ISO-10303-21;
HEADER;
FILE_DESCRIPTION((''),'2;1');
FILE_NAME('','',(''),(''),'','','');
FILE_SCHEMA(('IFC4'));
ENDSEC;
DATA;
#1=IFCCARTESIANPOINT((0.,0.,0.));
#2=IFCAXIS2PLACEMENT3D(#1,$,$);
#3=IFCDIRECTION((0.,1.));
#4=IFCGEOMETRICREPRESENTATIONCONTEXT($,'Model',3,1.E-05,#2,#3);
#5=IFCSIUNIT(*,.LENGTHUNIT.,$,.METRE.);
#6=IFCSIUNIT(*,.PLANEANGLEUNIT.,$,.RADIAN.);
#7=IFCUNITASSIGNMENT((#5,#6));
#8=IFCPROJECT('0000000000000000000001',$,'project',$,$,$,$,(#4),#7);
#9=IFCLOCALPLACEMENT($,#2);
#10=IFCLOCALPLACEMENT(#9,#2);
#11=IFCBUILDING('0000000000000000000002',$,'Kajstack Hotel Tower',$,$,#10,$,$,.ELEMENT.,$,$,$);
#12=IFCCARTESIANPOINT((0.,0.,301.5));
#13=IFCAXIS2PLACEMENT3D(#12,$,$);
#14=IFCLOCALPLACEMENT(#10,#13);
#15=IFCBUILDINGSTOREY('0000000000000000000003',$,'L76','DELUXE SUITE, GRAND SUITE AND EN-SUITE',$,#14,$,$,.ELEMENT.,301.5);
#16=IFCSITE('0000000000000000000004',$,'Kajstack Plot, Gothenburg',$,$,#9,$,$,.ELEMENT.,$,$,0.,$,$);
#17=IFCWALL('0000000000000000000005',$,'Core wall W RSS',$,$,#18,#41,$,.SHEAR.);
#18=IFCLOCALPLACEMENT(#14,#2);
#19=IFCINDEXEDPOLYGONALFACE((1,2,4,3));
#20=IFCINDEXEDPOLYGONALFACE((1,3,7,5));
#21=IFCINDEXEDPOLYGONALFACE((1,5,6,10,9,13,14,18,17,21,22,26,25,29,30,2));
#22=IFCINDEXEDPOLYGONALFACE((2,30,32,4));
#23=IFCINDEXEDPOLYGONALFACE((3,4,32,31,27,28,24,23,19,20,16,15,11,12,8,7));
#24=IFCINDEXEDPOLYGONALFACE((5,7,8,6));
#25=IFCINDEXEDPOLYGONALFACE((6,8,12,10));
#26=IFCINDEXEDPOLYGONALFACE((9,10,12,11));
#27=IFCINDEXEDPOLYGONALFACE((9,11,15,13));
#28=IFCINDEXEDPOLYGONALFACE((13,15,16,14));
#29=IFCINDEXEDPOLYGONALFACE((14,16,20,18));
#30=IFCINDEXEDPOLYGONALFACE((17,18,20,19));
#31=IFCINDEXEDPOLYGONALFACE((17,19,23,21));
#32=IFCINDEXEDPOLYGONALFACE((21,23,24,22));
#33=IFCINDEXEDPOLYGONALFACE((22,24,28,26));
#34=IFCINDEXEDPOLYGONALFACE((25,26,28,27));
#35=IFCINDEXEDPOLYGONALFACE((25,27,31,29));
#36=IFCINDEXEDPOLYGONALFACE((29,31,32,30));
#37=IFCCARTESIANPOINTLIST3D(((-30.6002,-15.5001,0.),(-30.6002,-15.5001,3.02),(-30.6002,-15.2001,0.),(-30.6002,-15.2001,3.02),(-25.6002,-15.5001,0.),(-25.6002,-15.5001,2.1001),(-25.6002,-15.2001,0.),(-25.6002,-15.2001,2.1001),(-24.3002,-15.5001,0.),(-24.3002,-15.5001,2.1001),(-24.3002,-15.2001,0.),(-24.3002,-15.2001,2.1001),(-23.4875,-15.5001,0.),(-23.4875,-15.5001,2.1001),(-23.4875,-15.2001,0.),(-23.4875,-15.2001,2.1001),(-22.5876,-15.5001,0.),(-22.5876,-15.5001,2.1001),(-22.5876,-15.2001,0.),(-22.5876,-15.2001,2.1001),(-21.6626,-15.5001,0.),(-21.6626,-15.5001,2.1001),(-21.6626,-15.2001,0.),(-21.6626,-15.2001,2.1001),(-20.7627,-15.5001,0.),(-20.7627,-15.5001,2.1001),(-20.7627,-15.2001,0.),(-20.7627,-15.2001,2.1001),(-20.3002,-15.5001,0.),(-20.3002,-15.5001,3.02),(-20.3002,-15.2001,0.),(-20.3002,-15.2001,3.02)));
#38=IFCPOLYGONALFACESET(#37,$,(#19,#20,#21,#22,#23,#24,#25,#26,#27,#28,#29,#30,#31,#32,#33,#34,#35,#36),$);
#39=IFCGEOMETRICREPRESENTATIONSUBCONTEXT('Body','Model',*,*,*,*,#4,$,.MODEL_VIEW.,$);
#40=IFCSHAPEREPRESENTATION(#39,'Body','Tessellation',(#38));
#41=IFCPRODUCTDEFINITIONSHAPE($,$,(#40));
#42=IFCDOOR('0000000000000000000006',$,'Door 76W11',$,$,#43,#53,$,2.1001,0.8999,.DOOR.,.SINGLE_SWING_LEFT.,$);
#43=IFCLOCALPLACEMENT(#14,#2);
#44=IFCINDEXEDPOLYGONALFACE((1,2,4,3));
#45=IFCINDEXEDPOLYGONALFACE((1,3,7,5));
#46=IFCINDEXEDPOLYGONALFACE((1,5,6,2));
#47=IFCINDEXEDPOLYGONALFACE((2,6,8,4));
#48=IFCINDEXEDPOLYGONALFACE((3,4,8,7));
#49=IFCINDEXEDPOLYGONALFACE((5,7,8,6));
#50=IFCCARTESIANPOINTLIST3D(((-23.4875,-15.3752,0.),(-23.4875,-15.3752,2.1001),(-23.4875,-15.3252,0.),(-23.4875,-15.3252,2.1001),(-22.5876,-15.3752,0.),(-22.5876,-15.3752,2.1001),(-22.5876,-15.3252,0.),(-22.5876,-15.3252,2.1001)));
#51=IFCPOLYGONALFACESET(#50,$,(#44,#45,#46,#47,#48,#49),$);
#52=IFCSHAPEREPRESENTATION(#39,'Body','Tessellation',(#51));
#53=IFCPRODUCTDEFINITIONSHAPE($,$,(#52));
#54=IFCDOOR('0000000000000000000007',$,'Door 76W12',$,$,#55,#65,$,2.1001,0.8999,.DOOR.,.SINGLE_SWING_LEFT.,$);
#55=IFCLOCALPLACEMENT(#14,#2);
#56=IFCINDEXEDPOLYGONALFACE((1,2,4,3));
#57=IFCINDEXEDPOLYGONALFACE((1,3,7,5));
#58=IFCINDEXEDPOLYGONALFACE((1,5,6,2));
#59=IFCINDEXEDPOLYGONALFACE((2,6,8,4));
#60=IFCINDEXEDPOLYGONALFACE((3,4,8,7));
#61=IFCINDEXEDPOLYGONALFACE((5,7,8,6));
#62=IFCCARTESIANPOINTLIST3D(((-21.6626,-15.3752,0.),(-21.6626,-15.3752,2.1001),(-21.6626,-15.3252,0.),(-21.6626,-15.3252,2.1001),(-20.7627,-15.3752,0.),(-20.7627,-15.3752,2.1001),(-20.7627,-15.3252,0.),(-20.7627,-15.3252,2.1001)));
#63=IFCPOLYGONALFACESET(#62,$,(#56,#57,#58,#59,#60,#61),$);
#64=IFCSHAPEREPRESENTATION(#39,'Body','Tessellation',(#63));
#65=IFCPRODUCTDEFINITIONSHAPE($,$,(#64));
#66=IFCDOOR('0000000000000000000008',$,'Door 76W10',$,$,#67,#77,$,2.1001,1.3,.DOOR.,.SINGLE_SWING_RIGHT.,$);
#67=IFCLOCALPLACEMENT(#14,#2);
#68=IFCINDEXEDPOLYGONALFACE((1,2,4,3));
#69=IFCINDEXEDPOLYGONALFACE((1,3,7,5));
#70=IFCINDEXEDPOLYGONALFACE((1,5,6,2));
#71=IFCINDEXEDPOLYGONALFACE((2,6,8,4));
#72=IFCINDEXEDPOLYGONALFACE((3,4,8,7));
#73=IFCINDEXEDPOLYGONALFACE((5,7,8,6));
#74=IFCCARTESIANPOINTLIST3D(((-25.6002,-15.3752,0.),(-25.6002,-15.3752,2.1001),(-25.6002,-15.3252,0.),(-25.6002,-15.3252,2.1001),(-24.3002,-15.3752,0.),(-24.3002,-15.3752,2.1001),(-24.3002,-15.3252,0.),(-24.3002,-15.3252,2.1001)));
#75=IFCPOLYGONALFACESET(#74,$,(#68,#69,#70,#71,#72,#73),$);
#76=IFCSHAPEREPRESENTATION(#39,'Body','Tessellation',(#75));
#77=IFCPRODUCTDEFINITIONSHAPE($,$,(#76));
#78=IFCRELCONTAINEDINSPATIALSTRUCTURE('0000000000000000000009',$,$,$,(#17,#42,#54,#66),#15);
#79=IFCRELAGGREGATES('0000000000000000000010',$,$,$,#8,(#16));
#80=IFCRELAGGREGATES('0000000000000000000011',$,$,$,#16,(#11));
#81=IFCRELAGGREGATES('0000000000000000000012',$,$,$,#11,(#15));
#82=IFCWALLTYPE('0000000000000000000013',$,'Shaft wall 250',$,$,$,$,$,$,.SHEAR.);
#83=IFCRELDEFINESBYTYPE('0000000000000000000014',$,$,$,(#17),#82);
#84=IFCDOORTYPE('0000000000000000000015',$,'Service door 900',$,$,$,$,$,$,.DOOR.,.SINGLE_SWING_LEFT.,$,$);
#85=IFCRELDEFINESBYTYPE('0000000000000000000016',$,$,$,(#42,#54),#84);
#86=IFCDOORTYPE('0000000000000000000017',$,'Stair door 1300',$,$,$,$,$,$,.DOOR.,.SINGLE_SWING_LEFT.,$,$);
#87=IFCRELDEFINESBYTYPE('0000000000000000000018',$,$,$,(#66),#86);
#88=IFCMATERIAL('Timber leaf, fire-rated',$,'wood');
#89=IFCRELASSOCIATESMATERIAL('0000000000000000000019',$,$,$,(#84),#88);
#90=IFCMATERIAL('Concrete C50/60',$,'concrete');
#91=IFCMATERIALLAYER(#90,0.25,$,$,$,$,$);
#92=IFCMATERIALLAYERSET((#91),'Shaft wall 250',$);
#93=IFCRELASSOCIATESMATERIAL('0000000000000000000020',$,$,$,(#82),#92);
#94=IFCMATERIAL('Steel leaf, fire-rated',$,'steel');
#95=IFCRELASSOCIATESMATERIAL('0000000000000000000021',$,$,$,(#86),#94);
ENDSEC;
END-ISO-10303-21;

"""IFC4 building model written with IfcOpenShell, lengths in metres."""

from ifc_helpers import new_model, si_unit, direction, frame, frame_2d, origin, place, context, subcontext, project, spatial, rectangle, extrude, material, layer, layer_set, type_object, element, fill, save


model = new_model("IFC4")

# Units and contexts
model_context = context("Model", 3, precision=1e-05, world=origin(), true_north=direction((0.0, 1.0)))
body_context = subcontext(model_context, "Body", "Model", "MODEL_VIEW")
ifc_project = project(units=[si_unit("LENGTHUNIT", "METRE"), si_unit("PLANEANGLEUNIT", "RADIAN")], contexts=[model_context])

# Site, building, storey
site_placement = place(None, origin())
site = spatial("IfcSite", under=ifc_project, at=site_placement, Name="Kajstack Plot, Gothenburg", CompositionType="ELEMENT", RefElevation=0.0)
building_placement = place(site_placement, origin())
building = spatial("IfcBuilding", under=site, at=building_placement, Name="Kajstack Hotel Tower", CompositionType="ELEMENT")
storey_placement = place(building_placement, frame((0.0, 0.0, 301.5)))
storey = spatial("IfcBuildingStorey", under=building, at=storey_placement, Name="L76", Description="DELUXE SUITE, GRAND SUITE AND EN-SUITE", CompositionType="ELEMENT", Elevation=301.5)

# Shared definitions
ifc_material_1 = material(Name="Timber leaf, fire-rated", Category="wood")
door_type_1 = type_object("IfcDoorType", Name="Service door 900", OperationType="SINGLE_SWING_LEFT", PredefinedType="DOOR", material=ifc_material_1)

# Wall, openings, doors
ifc_material_2 = material(Name="Concrete C50/60", Category="concrete")
ifc_layer_1 = layer(ifc_material_2, 0.25)
ifc_layer_set_1 = layer_set([ifc_layer_1], Name="Shaft wall 250")
wall_type_1 = type_object("IfcWallType", Name="Shaft wall 250", PredefinedType="SHEAR", material=ifc_layer_set_1)
wall_1_placement = place(storey_placement, frame((-30.6001, -15.3501, 0.0), z_axis=(0.0, 0.0, 1.0), x_axis=(1.0, 0.0, 0.0)))
wall_1 = element("IfcWall", 1, at=wall_1_placement, inside=storey, type_object=wall_type_1, Name="Core wall W RSS", PredefinedType="SHEAR", context=body_context, shape_type="SweptSolid", body=[
    extrude(rectangle(XDim=10.3, YDim=0.3, at=frame_2d((5.1499, 0.0))), origin(), (0.0, 0.0, 1.0), 3.02),
])
opening_1_placement = place(wall_1_placement, frame((5.0, 0.0, 0.0)))
opening_1 = element("IfcOpeningElement", 2, at=opening_1_placement, cuts=wall_1, PredefinedType="OPENING", context=body_context, shape_type="SweptSolid", body=[
    extrude(rectangle(XDim=1.3, YDim=2.1001, at=frame_2d((0.6499, 1.05))), frame((0.0, 0.1599, 0.0), z_axis=(0.0, -1.0, 0.0), x_axis=(1.0, 0.0, 0.0)), (0.0, 0.0, 1.0), 0.3201),
])
opening_2_placement = place(wall_1_placement, frame((7.1125, 0.0, 0.0)))
opening_2 = element("IfcOpeningElement", 3, at=opening_2_placement, cuts=wall_1, PredefinedType="OPENING", context=body_context, shape_type="SweptSolid", body=[
    extrude(rectangle(XDim=0.8999, YDim=2.1001, at=frame_2d((0.45, 1.05))), frame((0.0, 0.1599, 0.0), z_axis=(0.0, -1.0, 0.0), x_axis=(1.0, 0.0, 0.0)), (0.0, 0.0, 1.0), 0.3201),
])
opening_3_placement = place(wall_1_placement, frame((8.9375, 0.0, 0.0)))
opening_3 = element("IfcOpeningElement", 4, at=opening_3_placement, cuts=wall_1, PredefinedType="OPENING", context=body_context, shape_type="SweptSolid", body=[
    extrude(rectangle(XDim=0.8999, YDim=2.1001, at=frame_2d((0.45, 1.05))), frame((0.0, 0.1599, 0.0), z_axis=(0.0, -1.0, 0.0), x_axis=(1.0, 0.0, 0.0)), (0.0, 0.0, 1.0), 0.3201),
])
door_1_placement = place(opening_2_placement, origin())
door_1 = element("IfcDoor", 5, at=door_1_placement, inside=storey, type_object=door_type_1, Name="Door 76W11", OperationType="SINGLE_SWING_LEFT", OverallHeight=2.1001, OverallWidth=0.8999, PredefinedType="DOOR", context=body_context, shape_type="SweptSolid", body=[
    extrude(rectangle(XDim=0.8999, YDim=2.1001, at=frame_2d((0.45, 1.05))), frame((0.0, 0.0249, 0.0), z_axis=(0.0, -1.0, 0.0), x_axis=(1.0, 0.0, 0.0)), (0.0, 0.0, 1.0), 0.05),
])
fill(opening_2, door_1)
door_2_placement = place(opening_3_placement, origin())
door_2 = element("IfcDoor", 6, at=door_2_placement, inside=storey, type_object=door_type_1, Name="Door 76W12", OperationType="SINGLE_SWING_LEFT", OverallHeight=2.1001, OverallWidth=0.8999, PredefinedType="DOOR", context=body_context, shape_type="SweptSolid", body=[
    extrude(rectangle(XDim=0.8999, YDim=2.1001, at=frame_2d((0.45, 1.05))), frame((0.0, 0.0249, 0.0), z_axis=(0.0, -1.0, 0.0), x_axis=(1.0, 0.0, 0.0)), (0.0, 0.0, 1.0), 0.05),
])
fill(opening_3, door_2)
ifc_material_3 = material(Name="Steel leaf, fire-rated", Category="steel")
door_type_2 = type_object("IfcDoorType", Name="Stair door 1300", OperationType="SINGLE_SWING_LEFT", PredefinedType="DOOR", material=ifc_material_3)
door_3_placement = place(opening_1_placement, origin())
door_3 = element("IfcDoor", 7, at=door_3_placement, inside=storey, type_object=door_type_2, Name="Door 76W10", OperationType="SINGLE_SWING_RIGHT", OverallHeight=2.1001, OverallWidth=1.3, PredefinedType="DOOR", context=body_context, shape_type="SweptSolid", body=[
    extrude(rectangle(XDim=1.3, YDim=2.1001, at=frame_2d((0.6499, 1.05))), frame((0.0, 0.0249, 0.0), z_axis=(0.0, -1.0, 0.0), x_axis=(1.0, 0.0, 0.0)), (0.0, 0.0, 1.0), 0.05),
])
fill(opening_1, door_3)

save(model, "model.ifc")
